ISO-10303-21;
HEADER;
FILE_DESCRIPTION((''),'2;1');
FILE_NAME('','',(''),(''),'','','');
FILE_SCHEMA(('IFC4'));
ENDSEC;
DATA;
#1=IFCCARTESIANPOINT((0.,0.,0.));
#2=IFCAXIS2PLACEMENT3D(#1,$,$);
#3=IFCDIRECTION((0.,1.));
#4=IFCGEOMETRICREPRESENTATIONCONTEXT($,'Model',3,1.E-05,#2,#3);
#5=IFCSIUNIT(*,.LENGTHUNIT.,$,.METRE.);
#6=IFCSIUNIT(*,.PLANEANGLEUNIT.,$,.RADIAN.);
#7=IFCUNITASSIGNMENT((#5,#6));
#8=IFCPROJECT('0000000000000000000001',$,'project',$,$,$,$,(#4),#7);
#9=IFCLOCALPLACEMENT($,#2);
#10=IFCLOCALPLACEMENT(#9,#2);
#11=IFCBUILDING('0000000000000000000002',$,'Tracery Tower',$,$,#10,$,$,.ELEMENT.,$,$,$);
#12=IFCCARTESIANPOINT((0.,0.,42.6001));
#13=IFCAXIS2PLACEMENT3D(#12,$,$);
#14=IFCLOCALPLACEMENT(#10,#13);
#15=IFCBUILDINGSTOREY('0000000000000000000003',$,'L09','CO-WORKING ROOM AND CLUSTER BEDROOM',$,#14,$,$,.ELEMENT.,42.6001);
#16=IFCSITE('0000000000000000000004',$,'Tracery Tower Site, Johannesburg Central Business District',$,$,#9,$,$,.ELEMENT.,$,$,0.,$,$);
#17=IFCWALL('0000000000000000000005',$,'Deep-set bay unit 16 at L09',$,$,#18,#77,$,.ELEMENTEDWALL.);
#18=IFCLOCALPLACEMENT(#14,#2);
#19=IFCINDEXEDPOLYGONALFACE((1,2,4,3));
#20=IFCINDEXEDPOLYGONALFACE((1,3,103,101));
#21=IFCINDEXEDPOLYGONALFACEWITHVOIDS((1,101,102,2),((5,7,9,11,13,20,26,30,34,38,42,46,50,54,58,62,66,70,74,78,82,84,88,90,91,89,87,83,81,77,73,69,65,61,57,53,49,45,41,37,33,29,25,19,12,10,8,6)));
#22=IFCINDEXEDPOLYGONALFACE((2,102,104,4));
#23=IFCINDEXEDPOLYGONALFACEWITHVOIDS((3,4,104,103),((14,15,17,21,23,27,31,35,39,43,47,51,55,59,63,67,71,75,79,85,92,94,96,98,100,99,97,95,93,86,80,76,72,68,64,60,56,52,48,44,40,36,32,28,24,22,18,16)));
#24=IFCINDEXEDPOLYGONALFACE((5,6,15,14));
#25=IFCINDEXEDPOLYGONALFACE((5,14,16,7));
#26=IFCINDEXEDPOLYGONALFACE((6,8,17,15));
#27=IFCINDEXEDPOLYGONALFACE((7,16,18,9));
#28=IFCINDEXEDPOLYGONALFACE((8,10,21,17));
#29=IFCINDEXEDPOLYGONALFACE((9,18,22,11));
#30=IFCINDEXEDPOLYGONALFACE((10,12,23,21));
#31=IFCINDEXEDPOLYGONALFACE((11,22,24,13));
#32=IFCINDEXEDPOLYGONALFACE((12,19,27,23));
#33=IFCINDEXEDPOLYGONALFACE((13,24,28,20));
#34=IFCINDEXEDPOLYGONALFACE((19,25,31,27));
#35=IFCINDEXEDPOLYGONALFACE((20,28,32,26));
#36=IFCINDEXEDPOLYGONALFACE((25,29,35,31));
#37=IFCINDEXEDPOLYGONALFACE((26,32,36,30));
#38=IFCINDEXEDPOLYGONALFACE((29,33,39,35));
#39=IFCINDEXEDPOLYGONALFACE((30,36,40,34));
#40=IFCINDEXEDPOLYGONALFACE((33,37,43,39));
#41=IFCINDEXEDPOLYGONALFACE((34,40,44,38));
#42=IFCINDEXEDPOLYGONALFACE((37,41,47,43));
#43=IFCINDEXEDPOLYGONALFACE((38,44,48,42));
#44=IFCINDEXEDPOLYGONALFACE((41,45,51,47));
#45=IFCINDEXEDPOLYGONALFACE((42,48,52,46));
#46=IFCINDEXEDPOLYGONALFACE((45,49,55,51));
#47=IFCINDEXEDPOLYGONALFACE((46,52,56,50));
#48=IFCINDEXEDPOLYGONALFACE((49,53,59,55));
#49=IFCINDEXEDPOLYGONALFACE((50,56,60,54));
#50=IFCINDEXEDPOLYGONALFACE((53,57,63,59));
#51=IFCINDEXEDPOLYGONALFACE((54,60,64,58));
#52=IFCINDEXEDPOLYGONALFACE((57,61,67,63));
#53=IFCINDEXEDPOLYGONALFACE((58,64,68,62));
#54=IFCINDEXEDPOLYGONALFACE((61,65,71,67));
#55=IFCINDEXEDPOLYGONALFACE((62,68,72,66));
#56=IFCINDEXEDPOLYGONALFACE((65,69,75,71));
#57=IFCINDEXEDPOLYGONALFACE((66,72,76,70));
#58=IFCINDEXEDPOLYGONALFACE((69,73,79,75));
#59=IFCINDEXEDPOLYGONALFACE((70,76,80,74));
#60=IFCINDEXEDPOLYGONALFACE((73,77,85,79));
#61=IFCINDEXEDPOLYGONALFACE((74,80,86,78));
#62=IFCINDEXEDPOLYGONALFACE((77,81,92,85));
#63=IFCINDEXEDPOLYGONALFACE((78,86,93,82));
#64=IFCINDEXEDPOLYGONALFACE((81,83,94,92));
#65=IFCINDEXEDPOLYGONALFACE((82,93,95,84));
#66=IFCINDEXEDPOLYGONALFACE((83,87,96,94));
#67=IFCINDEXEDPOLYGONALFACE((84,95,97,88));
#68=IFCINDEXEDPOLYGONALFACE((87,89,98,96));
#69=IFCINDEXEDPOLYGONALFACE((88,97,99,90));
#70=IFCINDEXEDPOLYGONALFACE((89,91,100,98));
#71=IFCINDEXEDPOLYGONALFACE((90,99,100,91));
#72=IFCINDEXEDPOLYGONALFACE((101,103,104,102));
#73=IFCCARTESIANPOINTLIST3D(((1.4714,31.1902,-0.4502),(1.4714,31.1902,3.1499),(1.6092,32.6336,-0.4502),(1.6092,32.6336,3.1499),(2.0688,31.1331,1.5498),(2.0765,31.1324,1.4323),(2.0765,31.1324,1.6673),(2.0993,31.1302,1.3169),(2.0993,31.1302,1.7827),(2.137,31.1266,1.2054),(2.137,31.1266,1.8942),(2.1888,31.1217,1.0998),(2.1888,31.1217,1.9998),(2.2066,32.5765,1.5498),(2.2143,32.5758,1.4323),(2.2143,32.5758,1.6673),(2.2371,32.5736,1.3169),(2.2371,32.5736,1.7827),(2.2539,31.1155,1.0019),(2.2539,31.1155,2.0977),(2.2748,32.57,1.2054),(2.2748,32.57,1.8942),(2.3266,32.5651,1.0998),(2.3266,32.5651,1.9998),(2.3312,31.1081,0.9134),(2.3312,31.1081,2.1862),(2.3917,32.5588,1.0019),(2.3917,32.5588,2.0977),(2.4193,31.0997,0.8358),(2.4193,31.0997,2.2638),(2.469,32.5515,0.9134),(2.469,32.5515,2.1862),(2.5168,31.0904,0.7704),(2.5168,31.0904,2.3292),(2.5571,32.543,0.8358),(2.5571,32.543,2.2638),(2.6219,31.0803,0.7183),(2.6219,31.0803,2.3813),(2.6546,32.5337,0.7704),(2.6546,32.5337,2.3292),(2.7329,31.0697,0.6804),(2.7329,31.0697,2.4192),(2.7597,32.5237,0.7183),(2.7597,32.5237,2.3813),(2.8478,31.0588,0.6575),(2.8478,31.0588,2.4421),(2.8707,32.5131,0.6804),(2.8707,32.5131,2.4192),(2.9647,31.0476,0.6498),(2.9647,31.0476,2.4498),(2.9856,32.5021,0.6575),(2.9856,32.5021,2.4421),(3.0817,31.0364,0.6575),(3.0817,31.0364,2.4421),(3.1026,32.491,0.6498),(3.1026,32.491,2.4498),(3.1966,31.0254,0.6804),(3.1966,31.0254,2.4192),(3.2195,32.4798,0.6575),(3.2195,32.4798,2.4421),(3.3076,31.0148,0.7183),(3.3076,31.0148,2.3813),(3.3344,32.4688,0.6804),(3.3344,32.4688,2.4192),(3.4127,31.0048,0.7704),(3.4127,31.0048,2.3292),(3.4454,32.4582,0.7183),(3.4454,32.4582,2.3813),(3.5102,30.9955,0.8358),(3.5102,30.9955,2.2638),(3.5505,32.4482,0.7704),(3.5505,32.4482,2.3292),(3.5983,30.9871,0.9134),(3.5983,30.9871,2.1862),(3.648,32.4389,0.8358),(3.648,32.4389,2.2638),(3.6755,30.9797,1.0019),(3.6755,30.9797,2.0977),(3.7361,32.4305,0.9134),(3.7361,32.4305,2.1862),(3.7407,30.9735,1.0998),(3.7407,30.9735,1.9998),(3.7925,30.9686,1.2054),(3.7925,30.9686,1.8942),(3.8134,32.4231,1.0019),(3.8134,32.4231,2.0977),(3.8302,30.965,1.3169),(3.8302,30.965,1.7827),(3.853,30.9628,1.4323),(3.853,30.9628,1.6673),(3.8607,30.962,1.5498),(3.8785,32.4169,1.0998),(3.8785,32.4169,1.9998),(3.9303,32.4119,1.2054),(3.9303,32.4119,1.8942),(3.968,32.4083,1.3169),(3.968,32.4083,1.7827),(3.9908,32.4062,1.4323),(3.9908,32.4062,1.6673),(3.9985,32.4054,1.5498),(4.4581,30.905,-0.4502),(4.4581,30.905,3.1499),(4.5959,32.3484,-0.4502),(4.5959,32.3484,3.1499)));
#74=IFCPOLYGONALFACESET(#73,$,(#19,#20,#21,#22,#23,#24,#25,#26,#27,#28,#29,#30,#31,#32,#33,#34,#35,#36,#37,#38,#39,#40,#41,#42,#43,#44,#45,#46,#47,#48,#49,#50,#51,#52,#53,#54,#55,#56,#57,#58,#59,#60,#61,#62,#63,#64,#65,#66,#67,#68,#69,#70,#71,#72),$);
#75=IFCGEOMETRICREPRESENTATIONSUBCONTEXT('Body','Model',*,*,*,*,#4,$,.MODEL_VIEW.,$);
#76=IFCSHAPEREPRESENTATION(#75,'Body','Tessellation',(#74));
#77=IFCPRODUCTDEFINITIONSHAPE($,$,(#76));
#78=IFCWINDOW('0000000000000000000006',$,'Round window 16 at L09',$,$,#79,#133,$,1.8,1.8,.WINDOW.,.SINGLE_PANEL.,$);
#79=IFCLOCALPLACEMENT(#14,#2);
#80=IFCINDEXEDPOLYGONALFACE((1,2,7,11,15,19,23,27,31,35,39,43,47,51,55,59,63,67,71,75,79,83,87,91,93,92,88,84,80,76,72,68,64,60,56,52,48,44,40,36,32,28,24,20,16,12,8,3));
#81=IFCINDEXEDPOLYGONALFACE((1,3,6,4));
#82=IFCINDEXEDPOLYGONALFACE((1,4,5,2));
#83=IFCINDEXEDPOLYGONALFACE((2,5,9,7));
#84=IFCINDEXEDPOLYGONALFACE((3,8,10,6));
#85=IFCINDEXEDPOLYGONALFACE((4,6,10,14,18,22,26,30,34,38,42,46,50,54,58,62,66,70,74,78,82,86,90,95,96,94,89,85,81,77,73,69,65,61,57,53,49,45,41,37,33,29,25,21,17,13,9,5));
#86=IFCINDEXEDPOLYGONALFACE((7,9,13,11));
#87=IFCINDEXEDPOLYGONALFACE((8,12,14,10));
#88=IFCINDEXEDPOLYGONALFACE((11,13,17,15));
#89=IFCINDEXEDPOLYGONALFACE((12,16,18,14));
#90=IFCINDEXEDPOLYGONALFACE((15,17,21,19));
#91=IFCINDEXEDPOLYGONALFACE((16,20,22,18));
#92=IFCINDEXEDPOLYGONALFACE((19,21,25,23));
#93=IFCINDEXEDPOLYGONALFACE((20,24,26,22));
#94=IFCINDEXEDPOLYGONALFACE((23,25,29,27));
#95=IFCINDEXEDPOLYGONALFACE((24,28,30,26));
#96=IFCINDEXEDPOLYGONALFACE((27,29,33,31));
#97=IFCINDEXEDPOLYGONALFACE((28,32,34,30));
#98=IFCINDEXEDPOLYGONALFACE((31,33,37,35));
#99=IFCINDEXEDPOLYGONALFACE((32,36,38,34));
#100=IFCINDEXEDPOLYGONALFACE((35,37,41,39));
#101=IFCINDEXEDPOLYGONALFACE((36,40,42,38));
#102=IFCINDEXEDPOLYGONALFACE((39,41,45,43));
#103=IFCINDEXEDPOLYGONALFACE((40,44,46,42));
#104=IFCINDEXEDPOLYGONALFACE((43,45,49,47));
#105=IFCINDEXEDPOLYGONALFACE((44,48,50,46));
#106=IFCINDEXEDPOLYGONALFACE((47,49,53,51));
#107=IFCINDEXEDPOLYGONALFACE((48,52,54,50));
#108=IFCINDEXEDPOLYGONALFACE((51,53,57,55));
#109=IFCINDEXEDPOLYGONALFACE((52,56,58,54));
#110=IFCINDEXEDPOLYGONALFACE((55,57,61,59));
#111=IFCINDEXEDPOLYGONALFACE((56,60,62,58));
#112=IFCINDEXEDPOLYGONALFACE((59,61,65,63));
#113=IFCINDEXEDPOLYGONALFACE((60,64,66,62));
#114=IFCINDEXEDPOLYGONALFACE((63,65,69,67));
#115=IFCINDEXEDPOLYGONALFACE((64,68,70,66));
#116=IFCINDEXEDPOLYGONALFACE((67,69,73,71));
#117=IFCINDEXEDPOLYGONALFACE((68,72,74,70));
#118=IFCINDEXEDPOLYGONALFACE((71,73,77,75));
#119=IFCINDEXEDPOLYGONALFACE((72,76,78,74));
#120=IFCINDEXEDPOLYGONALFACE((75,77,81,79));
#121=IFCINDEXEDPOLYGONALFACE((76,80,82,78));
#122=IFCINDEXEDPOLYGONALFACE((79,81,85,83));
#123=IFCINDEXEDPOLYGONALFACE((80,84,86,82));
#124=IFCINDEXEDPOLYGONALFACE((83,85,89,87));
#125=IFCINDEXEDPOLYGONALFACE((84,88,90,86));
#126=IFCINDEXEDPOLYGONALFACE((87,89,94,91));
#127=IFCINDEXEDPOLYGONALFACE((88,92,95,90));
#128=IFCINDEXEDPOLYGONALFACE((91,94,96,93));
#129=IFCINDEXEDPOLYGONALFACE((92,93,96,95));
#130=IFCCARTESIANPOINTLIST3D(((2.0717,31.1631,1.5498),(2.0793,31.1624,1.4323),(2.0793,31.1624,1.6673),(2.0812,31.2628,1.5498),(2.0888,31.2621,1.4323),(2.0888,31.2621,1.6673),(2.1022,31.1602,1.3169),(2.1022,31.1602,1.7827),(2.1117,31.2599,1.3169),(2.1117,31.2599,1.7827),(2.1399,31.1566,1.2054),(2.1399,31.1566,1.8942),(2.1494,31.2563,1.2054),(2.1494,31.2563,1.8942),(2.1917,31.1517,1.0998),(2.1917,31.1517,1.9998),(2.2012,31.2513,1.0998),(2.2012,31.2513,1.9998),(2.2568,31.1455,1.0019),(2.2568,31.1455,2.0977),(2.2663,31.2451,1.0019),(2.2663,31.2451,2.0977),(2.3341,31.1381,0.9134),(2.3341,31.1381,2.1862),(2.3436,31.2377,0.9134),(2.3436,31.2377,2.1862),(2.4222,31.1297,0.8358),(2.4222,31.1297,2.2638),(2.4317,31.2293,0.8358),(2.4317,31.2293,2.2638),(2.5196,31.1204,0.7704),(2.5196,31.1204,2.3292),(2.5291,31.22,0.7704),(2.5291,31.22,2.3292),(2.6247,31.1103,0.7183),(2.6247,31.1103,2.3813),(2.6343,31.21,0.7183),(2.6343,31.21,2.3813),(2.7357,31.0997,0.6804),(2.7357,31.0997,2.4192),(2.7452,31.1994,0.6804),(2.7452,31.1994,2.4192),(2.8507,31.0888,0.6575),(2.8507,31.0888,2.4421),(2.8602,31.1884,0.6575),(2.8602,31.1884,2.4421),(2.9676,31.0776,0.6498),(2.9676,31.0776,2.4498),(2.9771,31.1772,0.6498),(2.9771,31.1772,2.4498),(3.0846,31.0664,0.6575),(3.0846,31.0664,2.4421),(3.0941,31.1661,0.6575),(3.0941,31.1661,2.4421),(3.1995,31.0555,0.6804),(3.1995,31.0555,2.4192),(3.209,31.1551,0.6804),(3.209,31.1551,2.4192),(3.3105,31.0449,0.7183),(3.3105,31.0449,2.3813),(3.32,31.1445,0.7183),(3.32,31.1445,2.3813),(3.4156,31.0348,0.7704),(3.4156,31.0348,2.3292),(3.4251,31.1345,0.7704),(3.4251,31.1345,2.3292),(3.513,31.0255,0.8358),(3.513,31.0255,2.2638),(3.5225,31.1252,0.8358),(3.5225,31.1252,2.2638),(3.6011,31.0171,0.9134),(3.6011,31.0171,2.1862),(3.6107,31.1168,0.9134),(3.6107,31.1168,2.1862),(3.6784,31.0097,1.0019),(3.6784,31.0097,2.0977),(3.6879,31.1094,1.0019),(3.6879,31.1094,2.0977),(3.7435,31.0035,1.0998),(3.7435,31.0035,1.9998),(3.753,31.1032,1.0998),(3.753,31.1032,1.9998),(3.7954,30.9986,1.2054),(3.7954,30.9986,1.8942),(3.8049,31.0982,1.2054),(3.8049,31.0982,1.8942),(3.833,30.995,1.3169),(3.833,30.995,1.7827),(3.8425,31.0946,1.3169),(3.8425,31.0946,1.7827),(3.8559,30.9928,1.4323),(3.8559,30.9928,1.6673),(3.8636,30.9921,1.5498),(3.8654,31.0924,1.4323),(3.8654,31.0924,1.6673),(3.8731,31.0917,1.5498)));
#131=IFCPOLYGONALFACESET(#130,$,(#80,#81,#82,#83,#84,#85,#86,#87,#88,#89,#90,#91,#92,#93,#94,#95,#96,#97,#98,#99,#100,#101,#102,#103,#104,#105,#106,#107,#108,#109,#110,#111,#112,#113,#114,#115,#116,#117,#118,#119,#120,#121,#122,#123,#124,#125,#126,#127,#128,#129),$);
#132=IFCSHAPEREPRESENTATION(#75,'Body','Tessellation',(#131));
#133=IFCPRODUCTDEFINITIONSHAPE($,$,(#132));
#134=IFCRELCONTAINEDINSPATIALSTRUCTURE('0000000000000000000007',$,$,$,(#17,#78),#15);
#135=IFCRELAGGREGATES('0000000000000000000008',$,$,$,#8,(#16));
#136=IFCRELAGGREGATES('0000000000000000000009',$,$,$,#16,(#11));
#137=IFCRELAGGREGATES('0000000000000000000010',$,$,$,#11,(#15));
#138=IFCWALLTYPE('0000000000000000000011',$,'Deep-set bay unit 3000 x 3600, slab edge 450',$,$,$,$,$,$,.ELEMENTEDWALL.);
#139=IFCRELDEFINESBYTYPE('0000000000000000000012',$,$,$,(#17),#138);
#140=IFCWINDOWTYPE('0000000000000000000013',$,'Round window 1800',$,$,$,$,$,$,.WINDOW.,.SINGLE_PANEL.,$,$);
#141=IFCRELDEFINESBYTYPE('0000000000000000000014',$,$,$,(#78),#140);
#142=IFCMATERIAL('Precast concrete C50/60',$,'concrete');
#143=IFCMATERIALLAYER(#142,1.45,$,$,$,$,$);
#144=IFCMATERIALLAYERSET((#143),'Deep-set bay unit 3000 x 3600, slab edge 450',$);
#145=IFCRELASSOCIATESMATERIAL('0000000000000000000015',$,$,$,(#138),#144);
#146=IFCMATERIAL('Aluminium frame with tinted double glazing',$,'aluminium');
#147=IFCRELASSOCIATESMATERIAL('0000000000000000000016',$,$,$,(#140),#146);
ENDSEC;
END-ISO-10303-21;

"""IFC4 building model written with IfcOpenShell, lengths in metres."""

from ifc_helpers import new_model, si_unit, direction, frame, frame_2d, origin, origin_2d, place, context, subcontext, project, spatial, rectangle, circle, extrude, material, layer, layer_set, type_object, element, fill, save


model = new_model("IFC4")

# Units and contexts
model_context = context("Model", 3, precision=1e-05, world=origin(), true_north=direction((0.0, 1.0)))
body_context = subcontext(model_context, "Body", "Model", "MODEL_VIEW")
ifc_project = project(units=[si_unit("LENGTHUNIT", "METRE"), si_unit("PLANEANGLEUNIT", "RADIAN")], contexts=[model_context])

# Site, building, storey
site_placement = place(None, origin())
site = spatial("IfcSite", under=ifc_project, at=site_placement, Name="Tracery Tower Site, Johannesburg Central Business District", CompositionType="ELEMENT", RefElevation=0.0)
building_placement = place(site_placement, origin())
building = spatial("IfcBuilding", under=site, at=building_placement, Name="Tracery Tower", CompositionType="ELEMENT")
storey_placement = place(building_placement, frame((0.0, 0.0, 42.6001)))
storey = spatial("IfcBuildingStorey", under=building, at=storey_placement, Name="L09", Description="CO-WORKING ROOM AND CLUSTER BEDROOM", CompositionType="ELEMENT", Elevation=42.6001)

# Wall, opening, window
ifc_material_1 = material(Name="Precast concrete C50/60", Category="concrete")
ifc_layer_1 = layer(ifc_material_1, 1.45)
ifc_layer_set_1 = layer_set([ifc_layer_1], Name="Deep-set bay unit 3000 x 3600, slab edge 450")
wall_type_1 = type_object("IfcWallType", Name="Deep-set bay unit 3000 x 3600, slab edge 450", PredefinedType="ELEMENTEDWALL", material=ifc_layer_set_1)
wall_1_placement = place(storey_placement, frame((4.5269, 31.6267, -0.4502), z_axis=(0.0, 0.0, 1.0), x_axis=(-0.995473, 0.095047, 0.0)))
wall_1 = element("IfcWall", 1, at=wall_1_placement, inside=storey, type_object=wall_type_1, Name="Deep-set bay unit 16 at L09", PredefinedType="ELEMENTEDWALL", context=body_context, shape_type="SweptSolid", body=[
    extrude(rectangle(XDim=3.0002, YDim=1.45, at=frame_2d((1.5, 0.0))), origin(), (0.0, 0.0, 1.0), 3.6001),
])
opening_1_placement = place(wall_1_placement, frame((1.5, 0.0, 2.0)))
opening_1 = element("IfcOpeningElement", 2, at=opening_1_placement, cuts=wall_1, PredefinedType="OPENING", context=body_context, shape_type="SweptSolid", body=[
    extrude(circle(Radius=0.9, at=origin_2d()), frame((0.0, 0.7349, 0.0), z_axis=(0.0, -1.0, 0.0), x_axis=(1.0, 0.0, 0.0)), (0.0, 0.0, 1.0), 1.47),
])
ifc_material_2 = material(Name="Aluminium frame with tinted double glazing", Category="aluminium")
window_type = type_object("IfcWindowType", Name="Round window 1800", PartitioningType="SINGLE_PANEL", PredefinedType="WINDOW", material=ifc_material_2)
window_1_placement = place(opening_1_placement, origin())
window_1 = element("IfcWindow", 3, at=window_1_placement, inside=storey, type_object=window_type, Name="Round window 16 at L09", OverallHeight=1.8, OverallWidth=1.8, PartitioningType="SINGLE_PANEL", PredefinedType="WINDOW", context=body_context, shape_type="SweptSolid", body=[
    extrude(circle(Radius=0.9, at=origin_2d()), frame((0.0, 0.6948, 0.0), z_axis=(0.0, -1.0, 0.0), x_axis=(1.0, 0.0, 0.0)), (0.0, 0.0, 1.0), 0.1001),
])
fill(opening_1, window_1)

save(model, "model.ifc")
